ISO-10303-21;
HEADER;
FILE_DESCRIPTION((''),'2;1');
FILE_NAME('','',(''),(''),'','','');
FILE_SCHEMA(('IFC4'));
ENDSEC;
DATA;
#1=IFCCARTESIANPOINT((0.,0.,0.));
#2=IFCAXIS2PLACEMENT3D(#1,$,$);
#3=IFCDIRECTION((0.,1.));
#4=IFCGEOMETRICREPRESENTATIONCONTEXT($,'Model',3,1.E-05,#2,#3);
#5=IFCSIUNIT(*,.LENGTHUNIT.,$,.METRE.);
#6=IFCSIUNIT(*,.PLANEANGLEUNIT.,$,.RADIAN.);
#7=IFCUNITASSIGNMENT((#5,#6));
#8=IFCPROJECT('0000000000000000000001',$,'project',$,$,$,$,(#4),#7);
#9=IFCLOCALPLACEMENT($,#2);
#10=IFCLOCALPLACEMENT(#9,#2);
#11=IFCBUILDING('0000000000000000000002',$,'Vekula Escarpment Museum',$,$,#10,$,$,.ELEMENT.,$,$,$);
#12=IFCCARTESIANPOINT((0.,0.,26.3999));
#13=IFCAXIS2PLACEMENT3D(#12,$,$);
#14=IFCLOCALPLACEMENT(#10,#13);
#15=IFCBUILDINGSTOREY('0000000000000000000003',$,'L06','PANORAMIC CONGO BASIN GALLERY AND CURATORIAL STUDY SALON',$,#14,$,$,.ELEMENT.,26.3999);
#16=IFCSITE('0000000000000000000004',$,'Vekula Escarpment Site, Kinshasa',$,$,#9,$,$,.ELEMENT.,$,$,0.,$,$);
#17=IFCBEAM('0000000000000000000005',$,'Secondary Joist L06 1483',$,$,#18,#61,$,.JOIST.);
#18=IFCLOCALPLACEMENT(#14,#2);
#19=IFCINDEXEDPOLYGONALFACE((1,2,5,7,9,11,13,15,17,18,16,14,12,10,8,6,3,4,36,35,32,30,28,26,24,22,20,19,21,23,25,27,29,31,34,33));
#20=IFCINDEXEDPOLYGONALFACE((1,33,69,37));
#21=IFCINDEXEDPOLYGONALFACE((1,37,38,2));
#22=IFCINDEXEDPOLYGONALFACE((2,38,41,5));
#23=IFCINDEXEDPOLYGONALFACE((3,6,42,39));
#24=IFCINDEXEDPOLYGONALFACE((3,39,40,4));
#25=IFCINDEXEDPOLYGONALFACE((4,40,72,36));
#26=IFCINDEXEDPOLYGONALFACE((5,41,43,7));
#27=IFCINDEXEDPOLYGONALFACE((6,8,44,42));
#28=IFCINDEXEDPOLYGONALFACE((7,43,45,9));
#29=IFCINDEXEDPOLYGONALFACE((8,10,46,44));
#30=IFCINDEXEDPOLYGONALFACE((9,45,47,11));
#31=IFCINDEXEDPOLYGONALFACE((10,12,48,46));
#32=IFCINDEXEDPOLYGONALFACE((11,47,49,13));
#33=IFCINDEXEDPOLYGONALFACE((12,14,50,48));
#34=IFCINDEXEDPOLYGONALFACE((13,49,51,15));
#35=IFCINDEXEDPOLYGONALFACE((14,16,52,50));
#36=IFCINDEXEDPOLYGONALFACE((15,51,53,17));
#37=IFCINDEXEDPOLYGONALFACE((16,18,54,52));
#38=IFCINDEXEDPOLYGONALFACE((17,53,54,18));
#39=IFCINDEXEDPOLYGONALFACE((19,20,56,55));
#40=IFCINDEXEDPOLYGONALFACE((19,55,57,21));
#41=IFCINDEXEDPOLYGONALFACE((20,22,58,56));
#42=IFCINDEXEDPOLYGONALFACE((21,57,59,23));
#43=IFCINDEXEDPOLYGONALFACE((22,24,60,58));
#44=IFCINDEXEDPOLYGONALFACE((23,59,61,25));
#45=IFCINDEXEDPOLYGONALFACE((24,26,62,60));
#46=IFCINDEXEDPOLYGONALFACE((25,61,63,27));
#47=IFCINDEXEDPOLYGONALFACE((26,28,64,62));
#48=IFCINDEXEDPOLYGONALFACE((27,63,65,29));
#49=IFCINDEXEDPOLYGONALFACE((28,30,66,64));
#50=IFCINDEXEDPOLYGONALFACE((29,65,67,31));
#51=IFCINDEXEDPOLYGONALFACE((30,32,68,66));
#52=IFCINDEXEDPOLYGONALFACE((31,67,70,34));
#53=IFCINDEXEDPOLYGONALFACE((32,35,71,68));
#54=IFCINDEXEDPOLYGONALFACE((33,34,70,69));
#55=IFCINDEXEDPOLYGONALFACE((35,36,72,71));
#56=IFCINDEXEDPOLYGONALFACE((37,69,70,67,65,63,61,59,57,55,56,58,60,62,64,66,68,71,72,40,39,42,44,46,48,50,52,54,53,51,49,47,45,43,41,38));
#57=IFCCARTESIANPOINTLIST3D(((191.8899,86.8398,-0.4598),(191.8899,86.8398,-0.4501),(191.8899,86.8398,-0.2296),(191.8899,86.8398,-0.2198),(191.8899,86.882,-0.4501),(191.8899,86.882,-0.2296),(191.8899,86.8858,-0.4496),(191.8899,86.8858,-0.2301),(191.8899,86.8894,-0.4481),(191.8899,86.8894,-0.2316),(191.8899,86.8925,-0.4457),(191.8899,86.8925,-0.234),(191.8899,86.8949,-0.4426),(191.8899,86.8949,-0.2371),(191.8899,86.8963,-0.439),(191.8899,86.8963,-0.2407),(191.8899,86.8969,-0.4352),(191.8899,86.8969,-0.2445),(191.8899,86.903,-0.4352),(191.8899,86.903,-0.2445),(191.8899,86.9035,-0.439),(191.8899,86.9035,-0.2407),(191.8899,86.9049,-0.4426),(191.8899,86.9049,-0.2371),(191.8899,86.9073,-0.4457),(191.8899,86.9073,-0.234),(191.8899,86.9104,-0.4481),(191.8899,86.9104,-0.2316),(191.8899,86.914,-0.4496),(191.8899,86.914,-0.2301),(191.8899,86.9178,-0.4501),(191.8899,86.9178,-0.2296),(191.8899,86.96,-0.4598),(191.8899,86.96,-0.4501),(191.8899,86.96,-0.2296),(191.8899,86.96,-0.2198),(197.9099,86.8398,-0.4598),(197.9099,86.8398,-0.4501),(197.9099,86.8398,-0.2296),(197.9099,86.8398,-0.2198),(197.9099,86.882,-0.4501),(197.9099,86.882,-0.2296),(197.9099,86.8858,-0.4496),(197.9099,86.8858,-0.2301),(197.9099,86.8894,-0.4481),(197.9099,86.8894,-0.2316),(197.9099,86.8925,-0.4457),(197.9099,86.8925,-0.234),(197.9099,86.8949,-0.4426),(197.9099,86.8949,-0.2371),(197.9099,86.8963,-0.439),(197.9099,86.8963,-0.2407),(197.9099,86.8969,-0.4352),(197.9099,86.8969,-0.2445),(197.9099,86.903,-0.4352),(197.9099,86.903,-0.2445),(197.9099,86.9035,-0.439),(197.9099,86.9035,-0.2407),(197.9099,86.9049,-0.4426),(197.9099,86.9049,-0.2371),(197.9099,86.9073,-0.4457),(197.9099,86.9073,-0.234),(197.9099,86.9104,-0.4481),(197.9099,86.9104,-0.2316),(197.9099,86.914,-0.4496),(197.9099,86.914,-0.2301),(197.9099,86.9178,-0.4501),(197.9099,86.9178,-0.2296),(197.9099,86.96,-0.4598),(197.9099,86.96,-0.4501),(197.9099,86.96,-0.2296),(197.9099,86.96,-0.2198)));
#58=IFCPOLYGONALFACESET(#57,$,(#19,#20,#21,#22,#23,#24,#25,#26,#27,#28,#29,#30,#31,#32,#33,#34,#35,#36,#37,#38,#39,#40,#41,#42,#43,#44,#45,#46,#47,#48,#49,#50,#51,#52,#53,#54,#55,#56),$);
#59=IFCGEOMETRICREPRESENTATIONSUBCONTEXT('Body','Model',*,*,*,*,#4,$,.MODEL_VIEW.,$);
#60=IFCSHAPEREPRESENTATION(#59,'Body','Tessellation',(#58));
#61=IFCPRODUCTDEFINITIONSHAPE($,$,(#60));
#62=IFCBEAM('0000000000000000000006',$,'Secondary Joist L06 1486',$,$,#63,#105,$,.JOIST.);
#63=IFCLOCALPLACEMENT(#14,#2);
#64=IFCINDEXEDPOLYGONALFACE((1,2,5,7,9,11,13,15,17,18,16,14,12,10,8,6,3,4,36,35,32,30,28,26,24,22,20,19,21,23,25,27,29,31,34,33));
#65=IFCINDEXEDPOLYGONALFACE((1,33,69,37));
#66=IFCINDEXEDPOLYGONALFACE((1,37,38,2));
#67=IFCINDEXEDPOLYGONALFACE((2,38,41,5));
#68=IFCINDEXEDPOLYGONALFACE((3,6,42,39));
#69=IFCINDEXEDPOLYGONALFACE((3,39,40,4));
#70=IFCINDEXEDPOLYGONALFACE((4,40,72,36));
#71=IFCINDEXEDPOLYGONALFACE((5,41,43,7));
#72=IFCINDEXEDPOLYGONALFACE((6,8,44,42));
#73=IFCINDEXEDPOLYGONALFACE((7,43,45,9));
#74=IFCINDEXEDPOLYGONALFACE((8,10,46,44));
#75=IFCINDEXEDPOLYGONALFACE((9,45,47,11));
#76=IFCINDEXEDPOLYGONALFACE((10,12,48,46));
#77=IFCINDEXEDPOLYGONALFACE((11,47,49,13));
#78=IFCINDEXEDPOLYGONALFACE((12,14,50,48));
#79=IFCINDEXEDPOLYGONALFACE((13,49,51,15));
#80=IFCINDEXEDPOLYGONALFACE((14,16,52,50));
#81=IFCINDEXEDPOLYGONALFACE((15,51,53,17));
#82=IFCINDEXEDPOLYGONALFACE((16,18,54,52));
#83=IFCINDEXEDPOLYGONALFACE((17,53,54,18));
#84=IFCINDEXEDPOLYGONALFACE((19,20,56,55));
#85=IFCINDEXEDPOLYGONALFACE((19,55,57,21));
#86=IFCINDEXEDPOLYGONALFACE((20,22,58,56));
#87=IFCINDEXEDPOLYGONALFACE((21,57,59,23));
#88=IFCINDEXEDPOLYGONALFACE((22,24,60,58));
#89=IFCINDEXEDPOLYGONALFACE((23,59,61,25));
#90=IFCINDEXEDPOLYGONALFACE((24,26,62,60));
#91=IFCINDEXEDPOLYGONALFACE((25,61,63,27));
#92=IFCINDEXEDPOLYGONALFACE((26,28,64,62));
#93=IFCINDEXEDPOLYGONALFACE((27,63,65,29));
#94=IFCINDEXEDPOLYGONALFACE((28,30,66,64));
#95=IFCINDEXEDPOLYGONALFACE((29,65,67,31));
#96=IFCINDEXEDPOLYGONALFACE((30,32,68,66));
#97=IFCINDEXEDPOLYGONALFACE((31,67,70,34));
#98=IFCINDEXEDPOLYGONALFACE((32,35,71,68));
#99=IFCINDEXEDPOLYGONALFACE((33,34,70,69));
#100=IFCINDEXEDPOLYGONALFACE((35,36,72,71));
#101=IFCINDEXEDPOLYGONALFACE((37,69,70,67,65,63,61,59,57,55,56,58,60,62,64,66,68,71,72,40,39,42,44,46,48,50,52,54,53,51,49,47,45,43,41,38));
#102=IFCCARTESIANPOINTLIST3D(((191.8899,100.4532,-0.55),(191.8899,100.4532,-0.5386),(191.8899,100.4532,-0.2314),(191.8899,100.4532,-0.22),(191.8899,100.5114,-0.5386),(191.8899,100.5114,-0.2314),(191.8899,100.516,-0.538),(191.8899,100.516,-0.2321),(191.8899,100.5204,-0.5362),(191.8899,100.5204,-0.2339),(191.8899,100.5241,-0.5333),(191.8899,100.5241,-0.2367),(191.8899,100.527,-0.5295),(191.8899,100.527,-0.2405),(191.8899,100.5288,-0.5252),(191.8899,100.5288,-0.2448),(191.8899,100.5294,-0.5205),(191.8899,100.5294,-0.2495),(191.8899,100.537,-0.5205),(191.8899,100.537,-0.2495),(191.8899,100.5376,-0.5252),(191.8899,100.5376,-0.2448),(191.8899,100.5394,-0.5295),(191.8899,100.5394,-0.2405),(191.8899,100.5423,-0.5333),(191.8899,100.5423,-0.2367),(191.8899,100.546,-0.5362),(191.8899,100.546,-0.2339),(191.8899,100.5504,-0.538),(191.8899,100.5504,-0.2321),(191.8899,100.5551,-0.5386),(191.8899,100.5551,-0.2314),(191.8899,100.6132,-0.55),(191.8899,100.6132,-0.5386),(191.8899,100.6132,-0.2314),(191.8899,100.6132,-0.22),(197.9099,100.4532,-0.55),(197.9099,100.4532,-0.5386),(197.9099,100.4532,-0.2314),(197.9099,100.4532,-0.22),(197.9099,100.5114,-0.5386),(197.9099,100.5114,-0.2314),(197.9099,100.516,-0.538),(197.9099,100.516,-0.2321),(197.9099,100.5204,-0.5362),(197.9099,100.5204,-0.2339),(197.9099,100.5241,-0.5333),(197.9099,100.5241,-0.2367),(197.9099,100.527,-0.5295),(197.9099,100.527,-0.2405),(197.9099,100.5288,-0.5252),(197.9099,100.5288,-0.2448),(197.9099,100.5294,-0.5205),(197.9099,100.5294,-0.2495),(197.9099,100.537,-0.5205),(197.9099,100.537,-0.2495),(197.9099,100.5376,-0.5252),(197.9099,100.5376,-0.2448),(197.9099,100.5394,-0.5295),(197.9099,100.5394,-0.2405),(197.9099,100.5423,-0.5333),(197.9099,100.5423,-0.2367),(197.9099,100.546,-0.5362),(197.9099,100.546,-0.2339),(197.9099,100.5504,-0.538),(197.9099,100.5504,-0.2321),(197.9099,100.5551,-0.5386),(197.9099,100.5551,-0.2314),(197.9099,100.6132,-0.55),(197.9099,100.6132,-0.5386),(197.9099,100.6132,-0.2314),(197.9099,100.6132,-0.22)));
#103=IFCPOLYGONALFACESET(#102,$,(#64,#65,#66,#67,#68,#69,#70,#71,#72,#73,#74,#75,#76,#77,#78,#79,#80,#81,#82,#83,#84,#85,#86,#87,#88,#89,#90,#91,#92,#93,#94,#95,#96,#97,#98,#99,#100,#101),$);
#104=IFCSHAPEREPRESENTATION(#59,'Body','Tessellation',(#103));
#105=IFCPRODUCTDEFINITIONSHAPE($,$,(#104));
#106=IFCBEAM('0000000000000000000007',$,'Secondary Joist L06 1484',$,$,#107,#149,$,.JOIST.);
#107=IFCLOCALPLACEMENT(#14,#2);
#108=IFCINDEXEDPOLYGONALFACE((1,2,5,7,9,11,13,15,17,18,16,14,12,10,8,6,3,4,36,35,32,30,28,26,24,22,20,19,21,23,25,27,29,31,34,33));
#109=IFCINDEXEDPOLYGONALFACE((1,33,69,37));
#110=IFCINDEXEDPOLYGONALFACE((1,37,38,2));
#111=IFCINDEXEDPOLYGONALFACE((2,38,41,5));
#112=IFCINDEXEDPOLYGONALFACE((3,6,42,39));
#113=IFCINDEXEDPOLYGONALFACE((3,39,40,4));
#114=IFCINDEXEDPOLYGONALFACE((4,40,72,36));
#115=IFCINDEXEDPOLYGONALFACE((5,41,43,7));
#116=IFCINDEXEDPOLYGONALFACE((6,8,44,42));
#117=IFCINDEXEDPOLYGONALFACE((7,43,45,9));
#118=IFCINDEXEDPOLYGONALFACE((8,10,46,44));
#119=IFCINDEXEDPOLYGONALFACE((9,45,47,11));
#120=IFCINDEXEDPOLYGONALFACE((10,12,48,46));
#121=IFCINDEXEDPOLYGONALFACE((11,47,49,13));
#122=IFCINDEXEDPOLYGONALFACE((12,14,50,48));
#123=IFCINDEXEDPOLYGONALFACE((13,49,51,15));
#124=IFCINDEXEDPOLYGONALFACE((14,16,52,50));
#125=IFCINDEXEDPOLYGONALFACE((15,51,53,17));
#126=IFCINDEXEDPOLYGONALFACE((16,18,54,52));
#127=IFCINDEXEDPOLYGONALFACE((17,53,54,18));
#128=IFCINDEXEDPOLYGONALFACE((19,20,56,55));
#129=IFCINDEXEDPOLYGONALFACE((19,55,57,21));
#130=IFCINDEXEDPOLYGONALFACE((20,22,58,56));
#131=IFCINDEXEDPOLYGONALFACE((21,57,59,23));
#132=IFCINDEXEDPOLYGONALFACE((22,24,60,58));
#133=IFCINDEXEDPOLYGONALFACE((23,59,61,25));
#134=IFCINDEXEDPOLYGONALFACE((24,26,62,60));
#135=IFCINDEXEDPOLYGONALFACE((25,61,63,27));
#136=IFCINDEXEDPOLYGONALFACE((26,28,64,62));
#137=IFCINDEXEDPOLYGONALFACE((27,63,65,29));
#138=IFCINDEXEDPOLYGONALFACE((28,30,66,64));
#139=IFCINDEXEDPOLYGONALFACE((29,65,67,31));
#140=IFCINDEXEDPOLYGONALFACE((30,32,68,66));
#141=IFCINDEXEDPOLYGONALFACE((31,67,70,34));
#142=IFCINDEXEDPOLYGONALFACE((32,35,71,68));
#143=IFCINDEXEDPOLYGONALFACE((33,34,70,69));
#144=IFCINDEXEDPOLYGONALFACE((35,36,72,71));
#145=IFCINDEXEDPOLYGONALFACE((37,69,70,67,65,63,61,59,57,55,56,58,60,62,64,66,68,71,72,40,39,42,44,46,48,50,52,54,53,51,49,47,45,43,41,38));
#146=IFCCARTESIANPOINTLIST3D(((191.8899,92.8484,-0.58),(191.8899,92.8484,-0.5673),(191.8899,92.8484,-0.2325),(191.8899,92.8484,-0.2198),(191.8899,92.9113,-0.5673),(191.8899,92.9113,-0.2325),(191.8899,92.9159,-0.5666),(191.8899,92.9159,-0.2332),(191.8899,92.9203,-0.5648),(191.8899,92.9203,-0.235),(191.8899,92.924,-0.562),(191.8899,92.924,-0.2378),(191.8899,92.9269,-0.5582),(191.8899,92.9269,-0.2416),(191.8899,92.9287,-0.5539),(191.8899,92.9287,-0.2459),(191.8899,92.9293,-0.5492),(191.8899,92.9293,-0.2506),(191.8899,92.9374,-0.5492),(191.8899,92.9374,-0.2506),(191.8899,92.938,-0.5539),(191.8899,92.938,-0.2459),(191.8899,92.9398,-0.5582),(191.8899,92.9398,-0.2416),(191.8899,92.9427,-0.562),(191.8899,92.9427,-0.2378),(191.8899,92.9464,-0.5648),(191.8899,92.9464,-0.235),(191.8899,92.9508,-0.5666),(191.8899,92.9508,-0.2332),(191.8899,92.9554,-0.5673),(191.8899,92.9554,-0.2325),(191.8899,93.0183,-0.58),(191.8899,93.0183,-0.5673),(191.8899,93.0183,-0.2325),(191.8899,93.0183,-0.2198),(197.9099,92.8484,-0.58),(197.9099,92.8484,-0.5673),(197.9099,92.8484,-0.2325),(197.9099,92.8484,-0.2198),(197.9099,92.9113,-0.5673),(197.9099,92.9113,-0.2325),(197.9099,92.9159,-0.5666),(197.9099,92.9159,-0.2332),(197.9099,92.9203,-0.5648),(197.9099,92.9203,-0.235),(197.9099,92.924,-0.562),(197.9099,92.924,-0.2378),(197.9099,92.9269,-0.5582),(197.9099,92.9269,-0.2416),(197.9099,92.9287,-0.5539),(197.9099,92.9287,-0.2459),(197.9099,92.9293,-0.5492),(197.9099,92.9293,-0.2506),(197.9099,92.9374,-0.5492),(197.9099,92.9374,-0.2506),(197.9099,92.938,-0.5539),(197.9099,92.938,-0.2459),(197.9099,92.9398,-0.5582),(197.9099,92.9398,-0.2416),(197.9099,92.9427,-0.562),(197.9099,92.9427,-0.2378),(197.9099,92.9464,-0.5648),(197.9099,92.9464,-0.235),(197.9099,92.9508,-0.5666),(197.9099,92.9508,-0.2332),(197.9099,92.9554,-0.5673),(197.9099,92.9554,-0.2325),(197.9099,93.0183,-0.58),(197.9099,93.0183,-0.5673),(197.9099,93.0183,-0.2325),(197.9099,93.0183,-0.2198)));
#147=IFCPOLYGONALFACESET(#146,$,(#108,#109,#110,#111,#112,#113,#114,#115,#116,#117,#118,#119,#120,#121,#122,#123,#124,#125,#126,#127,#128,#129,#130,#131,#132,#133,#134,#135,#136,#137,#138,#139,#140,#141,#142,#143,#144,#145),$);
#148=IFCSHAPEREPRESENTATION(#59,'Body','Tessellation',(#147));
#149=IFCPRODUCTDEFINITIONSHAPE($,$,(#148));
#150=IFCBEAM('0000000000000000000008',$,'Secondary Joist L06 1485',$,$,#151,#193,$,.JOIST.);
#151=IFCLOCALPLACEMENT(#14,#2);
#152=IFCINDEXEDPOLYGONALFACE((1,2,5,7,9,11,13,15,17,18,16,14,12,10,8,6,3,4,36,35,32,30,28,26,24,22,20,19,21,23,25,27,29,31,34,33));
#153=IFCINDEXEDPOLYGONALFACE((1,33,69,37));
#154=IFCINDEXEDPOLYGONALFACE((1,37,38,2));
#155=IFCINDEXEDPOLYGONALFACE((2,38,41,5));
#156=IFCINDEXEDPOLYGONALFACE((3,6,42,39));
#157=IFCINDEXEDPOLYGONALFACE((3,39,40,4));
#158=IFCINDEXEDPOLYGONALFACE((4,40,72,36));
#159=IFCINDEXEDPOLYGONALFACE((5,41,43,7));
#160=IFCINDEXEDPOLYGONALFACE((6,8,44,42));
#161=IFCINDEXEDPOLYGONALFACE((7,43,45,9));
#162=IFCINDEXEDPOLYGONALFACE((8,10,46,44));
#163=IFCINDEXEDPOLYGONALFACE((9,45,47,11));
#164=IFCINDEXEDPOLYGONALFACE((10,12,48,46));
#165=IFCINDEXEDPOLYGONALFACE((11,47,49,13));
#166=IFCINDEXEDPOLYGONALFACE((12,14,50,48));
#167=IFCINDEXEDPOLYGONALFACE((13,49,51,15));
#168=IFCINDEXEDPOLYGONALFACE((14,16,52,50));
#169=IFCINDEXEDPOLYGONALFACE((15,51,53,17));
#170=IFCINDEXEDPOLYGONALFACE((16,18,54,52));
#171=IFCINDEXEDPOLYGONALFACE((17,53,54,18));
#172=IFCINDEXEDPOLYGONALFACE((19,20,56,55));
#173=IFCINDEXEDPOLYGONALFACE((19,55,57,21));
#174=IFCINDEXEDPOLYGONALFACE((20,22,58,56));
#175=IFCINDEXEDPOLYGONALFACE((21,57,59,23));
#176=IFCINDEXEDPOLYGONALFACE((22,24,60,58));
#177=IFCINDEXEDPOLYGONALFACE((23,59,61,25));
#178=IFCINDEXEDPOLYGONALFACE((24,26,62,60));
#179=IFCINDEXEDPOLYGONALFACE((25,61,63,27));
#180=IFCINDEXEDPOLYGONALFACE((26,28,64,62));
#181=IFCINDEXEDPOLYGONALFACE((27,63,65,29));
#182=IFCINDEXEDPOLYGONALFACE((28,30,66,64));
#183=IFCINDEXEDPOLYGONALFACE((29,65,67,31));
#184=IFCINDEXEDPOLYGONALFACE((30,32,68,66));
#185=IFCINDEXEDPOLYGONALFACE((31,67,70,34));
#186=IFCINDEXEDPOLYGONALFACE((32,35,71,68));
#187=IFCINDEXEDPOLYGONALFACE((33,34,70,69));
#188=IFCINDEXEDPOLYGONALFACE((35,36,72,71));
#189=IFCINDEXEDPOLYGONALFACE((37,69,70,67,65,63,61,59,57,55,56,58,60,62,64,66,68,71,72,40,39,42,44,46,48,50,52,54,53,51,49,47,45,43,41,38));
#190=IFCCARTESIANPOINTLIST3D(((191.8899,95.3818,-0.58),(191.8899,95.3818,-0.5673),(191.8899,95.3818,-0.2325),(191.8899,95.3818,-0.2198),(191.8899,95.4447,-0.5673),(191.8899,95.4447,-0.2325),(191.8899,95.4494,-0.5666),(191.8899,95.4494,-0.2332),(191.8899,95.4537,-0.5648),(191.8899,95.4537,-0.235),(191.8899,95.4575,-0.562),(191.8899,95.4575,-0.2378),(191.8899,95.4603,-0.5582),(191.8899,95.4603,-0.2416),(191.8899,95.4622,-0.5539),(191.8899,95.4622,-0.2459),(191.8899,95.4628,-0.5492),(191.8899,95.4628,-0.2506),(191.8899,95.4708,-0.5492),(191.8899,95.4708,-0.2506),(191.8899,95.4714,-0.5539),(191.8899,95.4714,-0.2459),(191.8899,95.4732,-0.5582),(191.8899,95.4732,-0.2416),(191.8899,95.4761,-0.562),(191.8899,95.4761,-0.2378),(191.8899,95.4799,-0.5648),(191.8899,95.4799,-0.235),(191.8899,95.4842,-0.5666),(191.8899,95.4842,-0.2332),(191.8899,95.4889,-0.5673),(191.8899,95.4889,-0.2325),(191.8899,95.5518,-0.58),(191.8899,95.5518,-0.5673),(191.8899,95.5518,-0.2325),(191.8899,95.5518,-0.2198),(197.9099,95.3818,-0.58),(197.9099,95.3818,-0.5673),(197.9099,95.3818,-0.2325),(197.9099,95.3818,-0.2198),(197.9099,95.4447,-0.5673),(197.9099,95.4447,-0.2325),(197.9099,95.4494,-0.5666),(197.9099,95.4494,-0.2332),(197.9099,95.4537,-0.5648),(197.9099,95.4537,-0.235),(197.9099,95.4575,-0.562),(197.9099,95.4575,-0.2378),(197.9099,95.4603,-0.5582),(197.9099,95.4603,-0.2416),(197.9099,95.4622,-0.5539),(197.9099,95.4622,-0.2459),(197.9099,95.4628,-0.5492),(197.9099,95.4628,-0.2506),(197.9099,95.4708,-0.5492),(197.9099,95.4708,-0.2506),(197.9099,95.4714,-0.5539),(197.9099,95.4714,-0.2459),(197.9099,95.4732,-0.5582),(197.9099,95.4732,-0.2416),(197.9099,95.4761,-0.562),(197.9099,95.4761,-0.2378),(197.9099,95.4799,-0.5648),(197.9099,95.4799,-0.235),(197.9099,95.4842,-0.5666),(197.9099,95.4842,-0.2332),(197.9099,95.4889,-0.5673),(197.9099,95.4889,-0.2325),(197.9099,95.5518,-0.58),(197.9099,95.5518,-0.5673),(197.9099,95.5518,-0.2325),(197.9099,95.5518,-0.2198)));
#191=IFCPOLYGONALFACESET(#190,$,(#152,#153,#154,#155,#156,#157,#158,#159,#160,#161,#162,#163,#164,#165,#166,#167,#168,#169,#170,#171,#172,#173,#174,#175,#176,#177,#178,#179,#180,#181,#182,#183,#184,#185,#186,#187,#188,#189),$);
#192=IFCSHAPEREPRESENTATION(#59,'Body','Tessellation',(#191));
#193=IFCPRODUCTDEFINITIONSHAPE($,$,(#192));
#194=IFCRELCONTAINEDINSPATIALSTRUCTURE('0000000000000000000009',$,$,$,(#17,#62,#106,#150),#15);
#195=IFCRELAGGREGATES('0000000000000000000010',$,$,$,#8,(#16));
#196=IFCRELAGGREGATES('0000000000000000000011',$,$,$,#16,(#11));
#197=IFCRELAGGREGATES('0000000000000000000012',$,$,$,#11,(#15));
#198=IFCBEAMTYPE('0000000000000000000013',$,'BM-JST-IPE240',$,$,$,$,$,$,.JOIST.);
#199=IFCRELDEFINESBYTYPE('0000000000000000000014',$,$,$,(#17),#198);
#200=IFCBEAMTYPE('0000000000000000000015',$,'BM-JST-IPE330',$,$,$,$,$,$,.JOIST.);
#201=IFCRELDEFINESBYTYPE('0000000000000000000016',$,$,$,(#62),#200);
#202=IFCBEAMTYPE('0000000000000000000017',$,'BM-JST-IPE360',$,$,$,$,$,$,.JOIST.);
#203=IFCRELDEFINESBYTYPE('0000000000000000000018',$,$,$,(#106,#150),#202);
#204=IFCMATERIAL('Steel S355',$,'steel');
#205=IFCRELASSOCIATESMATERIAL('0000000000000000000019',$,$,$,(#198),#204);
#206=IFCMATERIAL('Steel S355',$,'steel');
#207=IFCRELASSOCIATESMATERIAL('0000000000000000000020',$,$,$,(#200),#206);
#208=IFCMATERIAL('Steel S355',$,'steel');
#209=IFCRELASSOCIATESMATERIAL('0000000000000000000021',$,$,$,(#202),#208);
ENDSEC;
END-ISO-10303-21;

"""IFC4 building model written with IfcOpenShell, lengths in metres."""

from ifc_helpers import new_model, si_unit, direction, frame, origin, origin_2d, place, context, subcontext, project, spatial, i_section, extrude, material, material_profile, profile_set, type_object, element, save


model = new_model("IFC4")

# Units and contexts
model_context = context("Model", 3, precision=1e-05, world=origin(), true_north=direction((0.0, 1.0)))
body_context = subcontext(model_context, "Body", "Model", "MODEL_VIEW")
ifc_project = project(units=[si_unit("LENGTHUNIT", "METRE"), si_unit("PLANEANGLEUNIT", "RADIAN")], contexts=[model_context])

# Site, building, storey
site_placement = place(None, origin())
site = spatial("IfcSite", under=ifc_project, at=site_placement, Name="Vekula Escarpment Site, Kinshasa", CompositionType="ELEMENT", RefElevation=0.0)
building_placement = place(site_placement, origin())
building = spatial("IfcBuilding", under=site, at=building_placement, Name="Vekula Escarpment Museum", CompositionType="ELEMENT")
storey_placement = place(building_placement, frame((0.0, 0.0, 26.3999)))
storey = spatial("IfcBuildingStorey", under=building, at=storey_placement, Name="L06", Description="PANORAMIC CONGO BASIN GALLERY AND CURATORIAL STUDY SALON", CompositionType="ELEMENT", Elevation=26.3999)

# Beams
ifc_material_1 = material(Name="Steel S355", Category="steel")
ifc_material_profile_1 = material_profile(ifc_material_1, i_section(OverallWidth=0.1201, OverallDepth=0.24, WebThickness=0.0061, FlangeThickness=0.0098, FilletRadius=0.0149, at=origin_2d()), Name="IPE 240")
ifc_profile_set_1 = profile_set([ifc_material_profile_1], Name="Steel S355")
beam_type_1 = type_object("IfcBeamType", Name="BM-JST-IPE240", PredefinedType="JOIST", material=ifc_profile_set_1)
beam_1_placement = place(storey_placement, frame((191.8899, 86.8999, -0.3398), z_axis=(1.0, 0.0, 0.0), x_axis=(0.0, 1.0, 0.0)))
element("IfcBeam", 1, at=beam_1_placement, inside=storey, type_object=beam_type_1, Name="Secondary Joist L06 1483", PredefinedType="JOIST", context=body_context, shape_type="SweptSolid", body=[
    extrude(i_section(OverallWidth=0.1201, OverallDepth=0.24, WebThickness=0.0061, FlangeThickness=0.0098, FilletRadius=0.0149, at=origin_2d()), origin(), (0.0, 0.0, 1.0), 6.02),
])
ifc_material_2 = material(Name="Steel S355", Category="steel")
ifc_material_profile_2 = material_profile(ifc_material_2, i_section(OverallWidth=0.1599, OverallDepth=0.3301, WebThickness=0.0076, FlangeThickness=0.0115, FilletRadius=0.0181, at=origin_2d()), Name="IPE 330")
ifc_profile_set_2 = profile_set([ifc_material_profile_2], Name="Steel S355")
beam_type_2 = type_object("IfcBeamType", Name="BM-JST-IPE330", PredefinedType="JOIST", material=ifc_profile_set_2)
beam_2_placement = place(storey_placement, frame((191.8899, 100.5332, -0.385), z_axis=(1.0, 0.0, 0.0), x_axis=(0.0, 1.0, 0.0)))
element("IfcBeam", 2, at=beam_2_placement, inside=storey, type_object=beam_type_2, Name="Secondary Joist L06 1486", PredefinedType="JOIST", context=body_context, shape_type="SweptSolid", body=[
    extrude(i_section(OverallWidth=0.1599, OverallDepth=0.3301, WebThickness=0.0076, FlangeThickness=0.0115, FilletRadius=0.0181, at=origin_2d()), origin(), (0.0, 0.0, 1.0), 6.02),
])
ifc_material_3 = material(Name="Steel S355", Category="steel")
ifc_material_profile_3 = material_profile(ifc_material_3, i_section(OverallWidth=0.1699, OverallDepth=0.3601, WebThickness=0.0081, FlangeThickness=0.0127, FilletRadius=0.0181, at=origin_2d()), Name="IPE 360")
ifc_profile_set_3 = profile_set([ifc_material_profile_3], Name="Steel S355")
beam_type_3 = type_object("IfcBeamType", Name="BM-JST-IPE360", PredefinedType="JOIST", material=ifc_profile_set_3)
for number, where, z_axis, x_axis, name in (
    (3, (191.8899, 92.9333, -0.3999), (1.0, 0.0, 0.0), (0.0, 1.0, 0.0), "Secondary Joist L06 1484"),
    (4, (191.8899, 95.4668, -0.3999), (1.0, 0.0, 0.0), (0.0, 1.0, 0.0), "Secondary Joist L06 1485"),
):
    element("IfcBeam", number, at=place(storey_placement, frame(where, z_axis=z_axis, x_axis=x_axis)), inside=storey, type_object=beam_type_3, Name=name, PredefinedType="JOIST", context=body_context, shape_type="SweptSolid", body=[
        extrude(i_section(OverallWidth=0.1699, OverallDepth=0.3601, WebThickness=0.0081, FlangeThickness=0.0127, FilletRadius=0.0181, at=origin_2d()), origin(), (0.0, 0.0, 1.0), 6.02),
    ])

save(model, "model.ifc")
